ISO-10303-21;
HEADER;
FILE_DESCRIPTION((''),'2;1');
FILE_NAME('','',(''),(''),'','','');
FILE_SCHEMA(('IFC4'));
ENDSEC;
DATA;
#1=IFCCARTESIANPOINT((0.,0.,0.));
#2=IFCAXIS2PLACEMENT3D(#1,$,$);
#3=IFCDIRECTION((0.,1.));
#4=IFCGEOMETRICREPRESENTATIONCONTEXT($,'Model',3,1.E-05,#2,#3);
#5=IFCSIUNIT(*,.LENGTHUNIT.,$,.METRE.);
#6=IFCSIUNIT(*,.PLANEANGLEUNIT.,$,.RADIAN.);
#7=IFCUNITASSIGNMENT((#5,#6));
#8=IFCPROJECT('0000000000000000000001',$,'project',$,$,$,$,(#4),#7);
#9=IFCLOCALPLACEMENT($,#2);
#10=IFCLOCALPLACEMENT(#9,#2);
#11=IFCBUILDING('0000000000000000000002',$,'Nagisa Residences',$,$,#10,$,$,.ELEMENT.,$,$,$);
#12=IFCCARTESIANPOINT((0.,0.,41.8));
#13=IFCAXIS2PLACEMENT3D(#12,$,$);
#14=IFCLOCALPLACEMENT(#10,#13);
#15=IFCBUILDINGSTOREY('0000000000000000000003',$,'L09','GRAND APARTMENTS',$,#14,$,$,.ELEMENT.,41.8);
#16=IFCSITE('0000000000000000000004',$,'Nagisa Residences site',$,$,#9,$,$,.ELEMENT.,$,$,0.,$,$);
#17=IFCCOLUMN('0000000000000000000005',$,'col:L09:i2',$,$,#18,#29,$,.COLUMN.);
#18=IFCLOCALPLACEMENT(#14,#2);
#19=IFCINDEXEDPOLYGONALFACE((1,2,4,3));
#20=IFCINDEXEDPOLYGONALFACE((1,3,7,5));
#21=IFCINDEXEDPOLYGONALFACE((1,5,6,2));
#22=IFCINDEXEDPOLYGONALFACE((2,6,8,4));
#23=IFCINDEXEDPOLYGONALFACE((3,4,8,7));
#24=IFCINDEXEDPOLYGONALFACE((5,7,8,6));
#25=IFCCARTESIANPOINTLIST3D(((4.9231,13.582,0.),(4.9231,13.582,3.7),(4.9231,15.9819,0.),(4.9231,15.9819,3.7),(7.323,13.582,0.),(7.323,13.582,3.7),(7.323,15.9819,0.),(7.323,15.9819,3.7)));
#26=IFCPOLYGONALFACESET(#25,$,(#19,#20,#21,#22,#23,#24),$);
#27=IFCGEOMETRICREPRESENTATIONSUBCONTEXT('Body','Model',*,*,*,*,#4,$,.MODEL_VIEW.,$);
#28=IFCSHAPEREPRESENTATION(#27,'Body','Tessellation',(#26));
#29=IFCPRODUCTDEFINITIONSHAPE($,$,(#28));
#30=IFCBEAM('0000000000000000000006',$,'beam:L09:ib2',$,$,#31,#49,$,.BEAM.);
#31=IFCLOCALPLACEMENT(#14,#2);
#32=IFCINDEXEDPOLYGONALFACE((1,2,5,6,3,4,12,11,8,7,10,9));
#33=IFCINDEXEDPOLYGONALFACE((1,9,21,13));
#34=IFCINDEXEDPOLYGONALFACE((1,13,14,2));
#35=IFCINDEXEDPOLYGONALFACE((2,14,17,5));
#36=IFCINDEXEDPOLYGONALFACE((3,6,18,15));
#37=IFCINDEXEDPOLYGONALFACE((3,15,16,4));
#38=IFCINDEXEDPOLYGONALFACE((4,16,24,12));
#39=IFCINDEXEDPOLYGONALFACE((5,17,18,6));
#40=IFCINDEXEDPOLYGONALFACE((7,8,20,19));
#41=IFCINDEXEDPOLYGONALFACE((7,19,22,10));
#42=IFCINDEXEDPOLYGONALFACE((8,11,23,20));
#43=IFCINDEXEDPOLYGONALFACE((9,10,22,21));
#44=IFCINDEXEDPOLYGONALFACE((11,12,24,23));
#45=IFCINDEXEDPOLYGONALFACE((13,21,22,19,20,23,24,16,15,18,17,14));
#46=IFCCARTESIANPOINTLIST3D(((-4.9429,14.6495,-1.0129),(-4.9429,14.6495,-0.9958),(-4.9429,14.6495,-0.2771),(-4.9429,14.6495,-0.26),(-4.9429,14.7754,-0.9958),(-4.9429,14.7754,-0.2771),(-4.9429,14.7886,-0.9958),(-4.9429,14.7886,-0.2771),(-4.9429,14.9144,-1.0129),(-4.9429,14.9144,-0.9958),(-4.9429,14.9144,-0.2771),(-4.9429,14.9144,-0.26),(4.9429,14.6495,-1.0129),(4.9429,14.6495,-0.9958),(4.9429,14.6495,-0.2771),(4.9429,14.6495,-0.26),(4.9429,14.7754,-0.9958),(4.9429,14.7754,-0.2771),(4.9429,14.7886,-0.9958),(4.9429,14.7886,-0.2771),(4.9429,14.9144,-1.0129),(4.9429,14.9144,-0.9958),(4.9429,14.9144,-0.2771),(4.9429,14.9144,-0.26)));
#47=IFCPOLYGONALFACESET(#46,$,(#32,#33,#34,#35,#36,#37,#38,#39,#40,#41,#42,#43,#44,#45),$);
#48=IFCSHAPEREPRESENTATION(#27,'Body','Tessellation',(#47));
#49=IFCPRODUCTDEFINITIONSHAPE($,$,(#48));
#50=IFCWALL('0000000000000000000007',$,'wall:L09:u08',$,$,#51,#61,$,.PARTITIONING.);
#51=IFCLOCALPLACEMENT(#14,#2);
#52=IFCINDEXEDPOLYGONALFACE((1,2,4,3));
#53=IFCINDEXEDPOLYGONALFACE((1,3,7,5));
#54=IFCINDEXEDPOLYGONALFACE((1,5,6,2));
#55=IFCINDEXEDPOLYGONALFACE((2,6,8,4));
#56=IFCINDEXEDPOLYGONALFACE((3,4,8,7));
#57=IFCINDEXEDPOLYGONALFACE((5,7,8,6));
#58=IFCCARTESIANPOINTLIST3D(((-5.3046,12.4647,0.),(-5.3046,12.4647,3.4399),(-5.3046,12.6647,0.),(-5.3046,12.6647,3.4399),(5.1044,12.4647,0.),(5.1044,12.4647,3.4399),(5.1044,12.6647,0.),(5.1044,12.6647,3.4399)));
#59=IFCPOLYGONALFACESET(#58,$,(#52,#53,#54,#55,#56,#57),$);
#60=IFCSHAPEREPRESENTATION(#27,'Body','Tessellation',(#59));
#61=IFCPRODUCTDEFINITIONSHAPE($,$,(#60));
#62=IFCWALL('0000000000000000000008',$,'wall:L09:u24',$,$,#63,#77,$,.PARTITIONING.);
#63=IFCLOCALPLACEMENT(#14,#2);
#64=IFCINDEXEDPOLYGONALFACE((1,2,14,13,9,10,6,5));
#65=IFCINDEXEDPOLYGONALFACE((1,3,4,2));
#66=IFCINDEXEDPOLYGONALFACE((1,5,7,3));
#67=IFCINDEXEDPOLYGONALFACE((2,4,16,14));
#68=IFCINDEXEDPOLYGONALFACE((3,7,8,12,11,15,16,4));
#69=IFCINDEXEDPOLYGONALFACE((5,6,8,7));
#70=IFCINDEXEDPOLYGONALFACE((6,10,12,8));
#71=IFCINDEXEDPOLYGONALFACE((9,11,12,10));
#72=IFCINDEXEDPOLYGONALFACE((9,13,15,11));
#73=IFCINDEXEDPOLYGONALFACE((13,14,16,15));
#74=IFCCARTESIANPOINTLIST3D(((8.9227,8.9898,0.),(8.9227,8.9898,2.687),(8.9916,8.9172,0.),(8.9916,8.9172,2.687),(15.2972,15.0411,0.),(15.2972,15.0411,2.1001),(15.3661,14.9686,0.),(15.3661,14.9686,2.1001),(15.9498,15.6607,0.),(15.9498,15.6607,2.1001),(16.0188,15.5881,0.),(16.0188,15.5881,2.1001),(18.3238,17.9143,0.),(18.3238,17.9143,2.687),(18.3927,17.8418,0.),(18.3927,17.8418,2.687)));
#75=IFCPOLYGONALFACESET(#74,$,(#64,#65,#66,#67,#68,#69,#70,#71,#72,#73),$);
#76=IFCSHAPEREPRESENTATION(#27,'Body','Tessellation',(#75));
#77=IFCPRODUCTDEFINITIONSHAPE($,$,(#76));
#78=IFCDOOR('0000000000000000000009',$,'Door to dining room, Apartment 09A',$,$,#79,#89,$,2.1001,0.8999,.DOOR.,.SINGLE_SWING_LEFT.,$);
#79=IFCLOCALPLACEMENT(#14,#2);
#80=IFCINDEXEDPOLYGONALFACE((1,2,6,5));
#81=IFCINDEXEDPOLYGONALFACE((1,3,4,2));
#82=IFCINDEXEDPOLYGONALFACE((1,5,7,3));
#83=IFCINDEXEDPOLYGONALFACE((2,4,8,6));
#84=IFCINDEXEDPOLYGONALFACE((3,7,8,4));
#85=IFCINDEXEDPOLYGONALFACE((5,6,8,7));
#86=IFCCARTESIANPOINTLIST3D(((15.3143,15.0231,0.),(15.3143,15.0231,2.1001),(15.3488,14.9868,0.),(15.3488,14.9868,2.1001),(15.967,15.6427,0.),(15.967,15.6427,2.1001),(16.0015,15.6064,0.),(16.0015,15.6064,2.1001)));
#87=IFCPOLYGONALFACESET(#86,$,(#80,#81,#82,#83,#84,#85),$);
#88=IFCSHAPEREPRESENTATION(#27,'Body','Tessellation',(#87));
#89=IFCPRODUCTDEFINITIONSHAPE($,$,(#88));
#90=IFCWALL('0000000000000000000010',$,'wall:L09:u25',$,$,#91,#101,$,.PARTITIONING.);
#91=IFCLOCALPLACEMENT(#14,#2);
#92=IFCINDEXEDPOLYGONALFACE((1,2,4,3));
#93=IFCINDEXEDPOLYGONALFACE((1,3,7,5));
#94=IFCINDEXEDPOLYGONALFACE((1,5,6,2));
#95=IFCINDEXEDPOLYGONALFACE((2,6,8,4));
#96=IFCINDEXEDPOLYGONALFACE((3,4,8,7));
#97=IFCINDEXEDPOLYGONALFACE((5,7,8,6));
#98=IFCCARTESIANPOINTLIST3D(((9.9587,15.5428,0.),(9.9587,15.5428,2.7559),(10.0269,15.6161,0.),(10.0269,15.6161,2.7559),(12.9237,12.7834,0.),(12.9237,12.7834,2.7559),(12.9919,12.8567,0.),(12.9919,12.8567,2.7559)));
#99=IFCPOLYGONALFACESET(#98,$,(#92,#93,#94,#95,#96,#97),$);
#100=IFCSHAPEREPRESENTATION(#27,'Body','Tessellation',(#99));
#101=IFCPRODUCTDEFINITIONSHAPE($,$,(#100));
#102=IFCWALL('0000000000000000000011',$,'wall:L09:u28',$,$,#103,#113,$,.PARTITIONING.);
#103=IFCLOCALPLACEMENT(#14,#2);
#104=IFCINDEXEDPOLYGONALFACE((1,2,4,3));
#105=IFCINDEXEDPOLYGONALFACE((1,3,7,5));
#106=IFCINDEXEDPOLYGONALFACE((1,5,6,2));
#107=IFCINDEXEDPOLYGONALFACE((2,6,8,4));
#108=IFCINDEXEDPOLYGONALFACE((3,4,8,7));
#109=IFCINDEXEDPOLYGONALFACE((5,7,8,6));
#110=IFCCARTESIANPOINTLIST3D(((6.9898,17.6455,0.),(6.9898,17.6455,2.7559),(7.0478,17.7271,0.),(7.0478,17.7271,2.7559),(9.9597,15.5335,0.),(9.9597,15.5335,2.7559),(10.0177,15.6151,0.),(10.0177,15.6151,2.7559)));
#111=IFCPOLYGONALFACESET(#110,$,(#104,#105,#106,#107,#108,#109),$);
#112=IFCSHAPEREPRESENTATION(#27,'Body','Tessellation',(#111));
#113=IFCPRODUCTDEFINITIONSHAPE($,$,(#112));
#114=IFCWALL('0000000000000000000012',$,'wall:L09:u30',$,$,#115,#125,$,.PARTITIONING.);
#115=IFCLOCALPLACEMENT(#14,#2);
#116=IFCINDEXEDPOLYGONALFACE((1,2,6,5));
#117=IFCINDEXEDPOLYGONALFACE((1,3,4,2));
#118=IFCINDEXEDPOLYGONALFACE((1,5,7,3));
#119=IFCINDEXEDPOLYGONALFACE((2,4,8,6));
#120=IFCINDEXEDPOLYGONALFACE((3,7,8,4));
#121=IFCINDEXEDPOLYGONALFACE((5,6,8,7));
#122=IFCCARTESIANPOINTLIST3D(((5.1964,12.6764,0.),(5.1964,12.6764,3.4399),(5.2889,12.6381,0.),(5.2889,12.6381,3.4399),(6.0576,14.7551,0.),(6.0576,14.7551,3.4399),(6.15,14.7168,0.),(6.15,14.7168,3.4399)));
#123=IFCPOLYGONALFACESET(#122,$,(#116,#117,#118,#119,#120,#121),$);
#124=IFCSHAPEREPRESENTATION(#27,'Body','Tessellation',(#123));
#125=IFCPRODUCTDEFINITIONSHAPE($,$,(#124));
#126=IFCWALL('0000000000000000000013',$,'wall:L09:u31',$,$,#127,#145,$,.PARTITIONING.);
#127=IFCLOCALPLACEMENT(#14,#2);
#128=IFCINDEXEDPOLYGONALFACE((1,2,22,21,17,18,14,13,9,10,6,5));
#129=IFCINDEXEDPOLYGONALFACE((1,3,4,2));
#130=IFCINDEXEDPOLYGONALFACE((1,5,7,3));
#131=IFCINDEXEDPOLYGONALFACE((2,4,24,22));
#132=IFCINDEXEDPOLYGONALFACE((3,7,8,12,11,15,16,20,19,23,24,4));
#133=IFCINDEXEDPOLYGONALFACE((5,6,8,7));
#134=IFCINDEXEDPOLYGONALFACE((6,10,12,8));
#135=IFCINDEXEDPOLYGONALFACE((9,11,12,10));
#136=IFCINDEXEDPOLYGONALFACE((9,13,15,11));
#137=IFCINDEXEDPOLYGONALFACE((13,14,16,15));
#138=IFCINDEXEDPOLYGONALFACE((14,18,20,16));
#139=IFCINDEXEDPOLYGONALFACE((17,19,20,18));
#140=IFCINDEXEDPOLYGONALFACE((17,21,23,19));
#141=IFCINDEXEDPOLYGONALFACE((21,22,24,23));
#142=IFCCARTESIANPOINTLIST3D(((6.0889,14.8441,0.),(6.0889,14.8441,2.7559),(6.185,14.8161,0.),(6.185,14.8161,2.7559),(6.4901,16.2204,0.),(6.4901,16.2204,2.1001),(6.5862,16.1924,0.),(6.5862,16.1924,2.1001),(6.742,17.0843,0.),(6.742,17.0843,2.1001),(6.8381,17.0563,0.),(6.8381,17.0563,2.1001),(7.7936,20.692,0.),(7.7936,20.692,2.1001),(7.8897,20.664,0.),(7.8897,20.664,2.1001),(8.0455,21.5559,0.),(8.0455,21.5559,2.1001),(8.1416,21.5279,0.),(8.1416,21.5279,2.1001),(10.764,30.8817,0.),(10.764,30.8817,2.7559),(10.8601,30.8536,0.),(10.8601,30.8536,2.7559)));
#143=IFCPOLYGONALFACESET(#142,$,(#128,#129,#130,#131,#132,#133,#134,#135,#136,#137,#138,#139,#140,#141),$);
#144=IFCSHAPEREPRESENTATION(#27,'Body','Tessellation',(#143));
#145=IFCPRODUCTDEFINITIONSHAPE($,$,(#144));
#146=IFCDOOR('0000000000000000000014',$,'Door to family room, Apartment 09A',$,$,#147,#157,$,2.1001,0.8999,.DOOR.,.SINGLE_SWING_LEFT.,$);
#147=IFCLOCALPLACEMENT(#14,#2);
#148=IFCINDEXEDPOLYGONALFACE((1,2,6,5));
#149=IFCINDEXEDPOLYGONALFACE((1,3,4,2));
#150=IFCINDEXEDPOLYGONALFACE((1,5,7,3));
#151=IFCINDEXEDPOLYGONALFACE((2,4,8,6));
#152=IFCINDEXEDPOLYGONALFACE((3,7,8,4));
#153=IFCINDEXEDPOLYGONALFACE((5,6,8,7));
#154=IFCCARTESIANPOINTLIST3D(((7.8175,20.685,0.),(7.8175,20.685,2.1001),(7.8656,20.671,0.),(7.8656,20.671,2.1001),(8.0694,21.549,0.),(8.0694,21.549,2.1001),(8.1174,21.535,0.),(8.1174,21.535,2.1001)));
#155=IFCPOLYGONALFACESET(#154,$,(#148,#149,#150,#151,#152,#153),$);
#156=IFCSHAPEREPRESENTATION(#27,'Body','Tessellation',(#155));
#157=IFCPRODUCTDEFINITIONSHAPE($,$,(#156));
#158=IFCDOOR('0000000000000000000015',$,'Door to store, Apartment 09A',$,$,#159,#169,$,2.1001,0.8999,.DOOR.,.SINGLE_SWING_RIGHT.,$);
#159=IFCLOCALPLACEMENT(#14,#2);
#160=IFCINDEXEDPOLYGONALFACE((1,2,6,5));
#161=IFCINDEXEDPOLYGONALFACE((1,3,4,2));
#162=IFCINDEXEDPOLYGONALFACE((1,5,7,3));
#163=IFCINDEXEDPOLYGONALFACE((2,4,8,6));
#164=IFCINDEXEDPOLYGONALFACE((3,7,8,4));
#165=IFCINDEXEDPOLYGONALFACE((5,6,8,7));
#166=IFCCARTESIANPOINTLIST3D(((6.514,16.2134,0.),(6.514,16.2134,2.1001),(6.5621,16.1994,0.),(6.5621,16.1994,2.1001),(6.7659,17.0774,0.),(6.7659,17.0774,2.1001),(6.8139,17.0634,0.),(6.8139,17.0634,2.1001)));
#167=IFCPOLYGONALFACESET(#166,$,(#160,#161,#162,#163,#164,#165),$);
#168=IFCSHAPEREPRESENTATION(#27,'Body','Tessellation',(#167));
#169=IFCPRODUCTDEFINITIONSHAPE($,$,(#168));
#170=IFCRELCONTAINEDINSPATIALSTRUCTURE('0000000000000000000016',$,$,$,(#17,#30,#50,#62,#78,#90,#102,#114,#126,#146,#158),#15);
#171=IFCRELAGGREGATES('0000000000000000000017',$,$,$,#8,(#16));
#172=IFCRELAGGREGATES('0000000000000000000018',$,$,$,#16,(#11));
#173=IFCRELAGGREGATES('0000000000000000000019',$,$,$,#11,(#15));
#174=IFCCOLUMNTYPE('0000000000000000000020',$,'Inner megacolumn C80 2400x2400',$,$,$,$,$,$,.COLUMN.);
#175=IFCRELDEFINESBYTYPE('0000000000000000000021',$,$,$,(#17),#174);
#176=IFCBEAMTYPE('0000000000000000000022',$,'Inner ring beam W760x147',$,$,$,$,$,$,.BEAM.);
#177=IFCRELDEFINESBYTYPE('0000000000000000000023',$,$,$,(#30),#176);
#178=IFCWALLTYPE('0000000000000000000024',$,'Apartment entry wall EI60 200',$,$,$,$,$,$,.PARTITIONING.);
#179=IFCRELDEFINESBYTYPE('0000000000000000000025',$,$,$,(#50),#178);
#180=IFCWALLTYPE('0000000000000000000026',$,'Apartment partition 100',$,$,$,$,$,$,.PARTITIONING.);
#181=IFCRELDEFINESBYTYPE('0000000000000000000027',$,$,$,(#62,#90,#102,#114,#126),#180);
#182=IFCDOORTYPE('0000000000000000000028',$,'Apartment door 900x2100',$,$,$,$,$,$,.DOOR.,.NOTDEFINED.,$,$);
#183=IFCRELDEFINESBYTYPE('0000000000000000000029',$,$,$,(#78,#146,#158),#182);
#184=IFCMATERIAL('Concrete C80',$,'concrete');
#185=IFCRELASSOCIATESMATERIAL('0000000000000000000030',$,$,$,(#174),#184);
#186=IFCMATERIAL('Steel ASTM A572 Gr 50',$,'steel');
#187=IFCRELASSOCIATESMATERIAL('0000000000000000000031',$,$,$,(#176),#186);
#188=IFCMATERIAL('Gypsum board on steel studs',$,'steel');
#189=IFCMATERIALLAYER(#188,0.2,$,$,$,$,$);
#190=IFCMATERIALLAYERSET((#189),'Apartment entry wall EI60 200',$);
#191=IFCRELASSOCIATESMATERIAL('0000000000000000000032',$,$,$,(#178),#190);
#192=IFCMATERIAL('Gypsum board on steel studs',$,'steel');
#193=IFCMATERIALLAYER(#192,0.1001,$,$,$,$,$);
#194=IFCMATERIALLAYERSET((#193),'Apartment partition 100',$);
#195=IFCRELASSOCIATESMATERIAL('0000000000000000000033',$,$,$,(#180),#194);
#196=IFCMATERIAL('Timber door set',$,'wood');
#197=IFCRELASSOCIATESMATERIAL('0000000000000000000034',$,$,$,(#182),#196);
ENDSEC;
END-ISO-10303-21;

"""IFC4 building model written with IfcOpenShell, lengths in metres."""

from ifc_helpers import new_model, si_unit, direction, frame, frame_2d, origin, origin_2d, place, context, subcontext, project, spatial, rectangle, i_section, extrude, material, layer, layer_set, material_profile, profile_set, type_object, element, fill, save


model = new_model("IFC4")

# Units and contexts
model_context = context("Model", 3, precision=1e-05, world=origin(), true_north=direction((0.0, 1.0)))
body_context = subcontext(model_context, "Body", "Model", "MODEL_VIEW")
ifc_project = project(units=[si_unit("LENGTHUNIT", "METRE"), si_unit("PLANEANGLEUNIT", "RADIAN")], contexts=[model_context])

# Site, building, storey
site_placement = place(None, origin())
site = spatial("IfcSite", under=ifc_project, at=site_placement, Name="Nagisa Residences site", CompositionType="ELEMENT", RefElevation=0.0)
building_placement = place(site_placement, origin())
building = spatial("IfcBuilding", under=site, at=building_placement, Name="Nagisa Residences", CompositionType="ELEMENT")
storey_placement = place(building_placement, frame((0.0, 0.0, 41.8)))
storey = spatial("IfcBuildingStorey", under=building, at=storey_placement, Name="L09", Description="GRAND APARTMENTS", CompositionType="ELEMENT", Elevation=41.8)

# Column
ifc_material_1 = material(Name="Concrete C80", Category="concrete")
ifc_material_profile_1 = material_profile(ifc_material_1, rectangle(XDim=2.3999, YDim=2.3999, at=origin_2d()), Name="C80 2400x2400")
ifc_profile_set_1 = profile_set([ifc_material_profile_1], Name="Concrete C80")
column_type = type_object("IfcColumnType", Name="Inner megacolumn C80 2400x2400", PredefinedType="COLUMN", material=ifc_profile_set_1)
column_placement = place(storey_placement, frame((6.123, 14.782, 0.0), z_axis=(0.0, 0.0, 1.0), x_axis=(1.0, 0.0, 0.0)))
element("IfcColumn", 1, at=column_placement, inside=storey, type_object=column_type, Name="col:L09:i2", PredefinedType="COLUMN", context=body_context, shape_type="SweptSolid", body=[
    extrude(rectangle(XDim=2.3999, YDim=2.3999, at=origin_2d()), origin(), (0.0, 0.0, 1.0), 3.7),
])

# Beam
ifc_material_2 = material(Name="Steel ASTM A572 Gr 50", Category="steel")
ifc_material_profile_2 = material_profile(ifc_material_2, i_section(OverallWidth=0.2649, OverallDepth=0.7529, WebThickness=0.0132, FlangeThickness=0.0171, at=origin_2d()), Name="W760x147")
ifc_profile_set_2 = profile_set([ifc_material_profile_2], Name="Steel ASTM A572 Gr 50")
beam_type = type_object("IfcBeamType", Name="Inner ring beam W760x147", PredefinedType="BEAM", material=ifc_profile_set_2)
beam_placement = place(storey_placement, frame((4.9429, 14.782, -0.6365), z_axis=(-1.0, 0.0, 0.0), x_axis=(0.0, -1.0, 0.0)))
element("IfcBeam", 2, at=beam_placement, inside=storey, type_object=beam_type, Name="beam:L09:ib2", PredefinedType="BEAM", context=body_context, shape_type="SweptSolid", body=[
    extrude(i_section(OverallWidth=0.2649, OverallDepth=0.7529, WebThickness=0.0132, FlangeThickness=0.0171, at=origin_2d()), origin(), (0.0, 0.0, 1.0), 9.8857),
])

# Wall
ifc_material_3 = material(Name="Gypsum board on steel studs", Category="steel")
ifc_layer_1 = layer(ifc_material_3, 0.2)
ifc_layer_set_1 = layer_set([ifc_layer_1], Name="Apartment entry wall EI60 200")
wall_type_1 = type_object("IfcWallType", Name="Apartment entry wall EI60 200", PredefinedType="PARTITIONING", material=ifc_layer_set_1)
wall_1_placement = place(storey_placement, frame((5.1045, 12.5647, 0.0), z_axis=(0.0, 0.0, 1.0), x_axis=(-1.0, 0.0, 0.0)))
element("IfcWall", 3, at=wall_1_placement, inside=storey, type_object=wall_type_1, Name="wall:L09:u08", PredefinedType="PARTITIONING", context=body_context, shape_type="SweptSolid", body=[
    extrude(rectangle(XDim=10.4089, YDim=0.2, at=frame_2d((5.2046, 0.0))), origin(), (0.0, 0.0, 1.0), 3.4399),
])

# Wall, opening, door
ifc_material_4 = material(Name="Gypsum board on steel studs", Category="steel")
ifc_layer_2 = layer(ifc_material_4, 0.1001)
ifc_layer_set_2 = layer_set([ifc_layer_2], Name="Apartment partition 100")
wall_type_2 = type_object("IfcWallType", Name="Apartment partition 100", PredefinedType="PARTITIONING", material=ifc_layer_set_2)
wall_2_placement = place(storey_placement, frame((8.957, 8.9534, 0.0), z_axis=(0.0, 0.0, 1.0), x_axis=(0.72525, 0.688486, 0.0)))
wall_2 = element("IfcWall", 4, at=wall_2_placement, inside=storey, type_object=wall_type_2, Name="wall:L09:u24", PredefinedType="PARTITIONING", context=body_context, shape_type="SweptSolid", body=[
    extrude(rectangle(XDim=12.9626, YDim=0.1001, at=frame_2d((6.4814, 0.0))), origin(), (0.0, 0.0, 1.0), 2.687),
])
opening_1_placement = place(wall_2_placement, frame((8.7896, 0.0, 0.0)))
opening_1 = element("IfcOpeningElement", 5, at=opening_1_placement, cuts=wall_2, PredefinedType="OPENING", context=body_context, shape_type="SweptSolid", body=[
    extrude(rectangle(XDim=0.8999, YDim=2.1001, at=frame_2d((0.45, 1.05))), frame((0.0, 0.0601, 0.0), z_axis=(0.0, -1.0, 0.0), x_axis=(1.0, 0.0, 0.0)), (0.0, 0.0, 1.0), 0.1201),
])
ifc_material_5 = material(Name="Timber door set", Category="wood")
door_type = type_object("IfcDoorType", Name="Apartment door 900x2100", OperationType="NOTDEFINED", PredefinedType="DOOR", material=ifc_material_5)
door_1_placement = place(opening_1_placement, frame((0.8999, 0.0, 0.0), x_axis=(-1.0, 0.0, 0.0)))
door_1 = element("IfcDoor", 6, at=door_1_placement, inside=storey, type_object=door_type, Name="Door to dining room, Apartment 09A", OperationType="SINGLE_SWING_LEFT", OverallHeight=2.1001, OverallWidth=0.8999, PredefinedType="DOOR", context=body_context, shape_type="SweptSolid", body=[
    extrude(rectangle(XDim=0.8999, YDim=2.1001, at=frame_2d((0.45, 1.05))), frame((0.0, 0.0249, 0.0), z_axis=(0.0, -1.0, 0.0), x_axis=(1.0, 0.0, 0.0)), (0.0, 0.0, 1.0), 0.05),
])
fill(opening_1, door_1)

# Walls
wall_3_placement = place(storey_placement, frame((12.9578, 12.8201, 0.0), z_axis=(0.0, 0.0, 1.0), x_axis=(-0.732029, 0.681274, 0.0)))
element("IfcWall", 7, at=wall_3_placement, inside=storey, type_object=wall_type_2, Name="wall:L09:u25", PredefinedType="PARTITIONING", context=body_context, shape_type="SweptSolid", body=[
    extrude(rectangle(XDim=4.0503, YDim=0.1001, at=frame_2d((2.0251, 0.0))), origin(), (0.0, 0.0, 1.0), 2.7559),
])
wall_4_placement = place(storey_placement, frame((9.9888, 15.5742, 0.0), z_axis=(0.0, 0.0, 1.0), x_axis=(-0.814945, 0.579539, 0.0)))
element("IfcWall", 8, at=wall_4_placement, inside=storey, type_object=wall_type_2, Name="wall:L09:u28", PredefinedType="PARTITIONING", context=body_context, shape_type="SweptSolid", body=[
    extrude(rectangle(XDim=3.6443, YDim=0.1001, at=frame_2d((1.8223, 0.0))), origin(), (0.0, 0.0, 1.0), 2.7559),
])
wall_5_placement = place(storey_placement, frame((5.2427, 12.6572, 0.0), z_axis=(0.0, 0.0, 1.0), x_axis=(0.382719, 0.923865, 0.0)))
element("IfcWall", 9, at=wall_5_placement, inside=storey, type_object=wall_type_2, Name="wall:L09:u30", PredefinedType="PARTITIONING", context=body_context, shape_type="SweptSolid", body=[
    extrude(rectangle(XDim=2.25, YDim=0.1001, at=frame_2d((1.125, 0.0))), origin(), (0.0, 0.0, 1.0), 3.4399),
])

# Wall, openings, doors
wall_6_placement = place(storey_placement, frame((6.137, 14.8301, 0.0), z_axis=(0.0, 0.0, 1.0), x_axis=(0.279857, 0.960042, 0.0)))
wall_6 = element("IfcWall", 10, at=wall_6_placement, inside=storey, type_object=wall_type_2, Name="wall:L09:u31", PredefinedType="PARTITIONING", context=body_context, shape_type="SweptSolid", body=[
    extrude(rectangle(XDim=16.7051, YDim=0.1001, at=frame_2d((8.3525, 0.0))), origin(), (0.0, 0.0, 1.0), 2.7559),
])
opening_2_placement = place(wall_6_placement, frame((6.0913, 0.0, 0.0)))
opening_2 = element("IfcOpeningElement", 11, at=opening_2_placement, cuts=wall_6, PredefinedType="OPENING", context=body_context, shape_type="SweptSolid", body=[
    extrude(rectangle(XDim=0.8999, YDim=2.1001, at=frame_2d((0.45, 1.05))), frame((0.0, 0.0601, 0.0), z_axis=(0.0, -1.0, 0.0), x_axis=(1.0, 0.0, 0.0)), (0.0, 0.0, 1.0), 0.1201),
])
opening_3_placement = place(wall_6_placement, frame((1.4336, 0.0, 0.0)))
opening_3 = element("IfcOpeningElement", 12, at=opening_3_placement, cuts=wall_6, PredefinedType="OPENING", context=body_context, shape_type="SweptSolid", body=[
    extrude(rectangle(XDim=0.8999, YDim=2.1001, at=frame_2d((0.45, 1.05))), frame((0.0, 0.0601, 0.0), z_axis=(0.0, -1.0, 0.0), x_axis=(1.0, 0.0, 0.0)), (0.0, 0.0, 1.0), 0.1201),
])
door_2_placement = place(opening_2_placement, frame((0.8999, 0.0, 0.0), x_axis=(-1.0, 0.0, 0.0)))
door_2 = element("IfcDoor", 13, at=door_2_placement, inside=storey, type_object=door_type, Name="Door to family room, Apartment 09A", OperationType="SINGLE_SWING_LEFT", OverallHeight=2.1001, OverallWidth=0.8999, PredefinedType="DOOR", context=body_context, shape_type="SweptSolid", body=[
    extrude(rectangle(XDim=0.8999, YDim=2.1001, at=frame_2d((0.45, 1.05))), frame((0.0, 0.0249, 0.0), z_axis=(0.0, -1.0, 0.0), x_axis=(1.0, 0.0, 0.0)), (0.0, 0.0, 1.0), 0.05),
])
fill(opening_2, door_2)
door_3_placement = place(opening_3_placement, frame((0.8999, 0.0, 0.0), x_axis=(-1.0, 0.0, 0.0)))
door_3 = element("IfcDoor", 14, at=door_3_placement, inside=storey, type_object=door_type, Name="Door to store, Apartment 09A", OperationType="SINGLE_SWING_RIGHT", OverallHeight=2.1001, OverallWidth=0.8999, PredefinedType="DOOR", context=body_context, shape_type="SweptSolid", body=[
    extrude(rectangle(XDim=0.8999, YDim=2.1001, at=frame_2d((0.45, 1.05))), frame((0.0, 0.0249, 0.0), z_axis=(0.0, -1.0, 0.0), x_axis=(1.0, 0.0, 0.0)), (0.0, 0.0, 1.0), 0.05),
])
fill(opening_3, door_3)

save(model, "model.ifc")
